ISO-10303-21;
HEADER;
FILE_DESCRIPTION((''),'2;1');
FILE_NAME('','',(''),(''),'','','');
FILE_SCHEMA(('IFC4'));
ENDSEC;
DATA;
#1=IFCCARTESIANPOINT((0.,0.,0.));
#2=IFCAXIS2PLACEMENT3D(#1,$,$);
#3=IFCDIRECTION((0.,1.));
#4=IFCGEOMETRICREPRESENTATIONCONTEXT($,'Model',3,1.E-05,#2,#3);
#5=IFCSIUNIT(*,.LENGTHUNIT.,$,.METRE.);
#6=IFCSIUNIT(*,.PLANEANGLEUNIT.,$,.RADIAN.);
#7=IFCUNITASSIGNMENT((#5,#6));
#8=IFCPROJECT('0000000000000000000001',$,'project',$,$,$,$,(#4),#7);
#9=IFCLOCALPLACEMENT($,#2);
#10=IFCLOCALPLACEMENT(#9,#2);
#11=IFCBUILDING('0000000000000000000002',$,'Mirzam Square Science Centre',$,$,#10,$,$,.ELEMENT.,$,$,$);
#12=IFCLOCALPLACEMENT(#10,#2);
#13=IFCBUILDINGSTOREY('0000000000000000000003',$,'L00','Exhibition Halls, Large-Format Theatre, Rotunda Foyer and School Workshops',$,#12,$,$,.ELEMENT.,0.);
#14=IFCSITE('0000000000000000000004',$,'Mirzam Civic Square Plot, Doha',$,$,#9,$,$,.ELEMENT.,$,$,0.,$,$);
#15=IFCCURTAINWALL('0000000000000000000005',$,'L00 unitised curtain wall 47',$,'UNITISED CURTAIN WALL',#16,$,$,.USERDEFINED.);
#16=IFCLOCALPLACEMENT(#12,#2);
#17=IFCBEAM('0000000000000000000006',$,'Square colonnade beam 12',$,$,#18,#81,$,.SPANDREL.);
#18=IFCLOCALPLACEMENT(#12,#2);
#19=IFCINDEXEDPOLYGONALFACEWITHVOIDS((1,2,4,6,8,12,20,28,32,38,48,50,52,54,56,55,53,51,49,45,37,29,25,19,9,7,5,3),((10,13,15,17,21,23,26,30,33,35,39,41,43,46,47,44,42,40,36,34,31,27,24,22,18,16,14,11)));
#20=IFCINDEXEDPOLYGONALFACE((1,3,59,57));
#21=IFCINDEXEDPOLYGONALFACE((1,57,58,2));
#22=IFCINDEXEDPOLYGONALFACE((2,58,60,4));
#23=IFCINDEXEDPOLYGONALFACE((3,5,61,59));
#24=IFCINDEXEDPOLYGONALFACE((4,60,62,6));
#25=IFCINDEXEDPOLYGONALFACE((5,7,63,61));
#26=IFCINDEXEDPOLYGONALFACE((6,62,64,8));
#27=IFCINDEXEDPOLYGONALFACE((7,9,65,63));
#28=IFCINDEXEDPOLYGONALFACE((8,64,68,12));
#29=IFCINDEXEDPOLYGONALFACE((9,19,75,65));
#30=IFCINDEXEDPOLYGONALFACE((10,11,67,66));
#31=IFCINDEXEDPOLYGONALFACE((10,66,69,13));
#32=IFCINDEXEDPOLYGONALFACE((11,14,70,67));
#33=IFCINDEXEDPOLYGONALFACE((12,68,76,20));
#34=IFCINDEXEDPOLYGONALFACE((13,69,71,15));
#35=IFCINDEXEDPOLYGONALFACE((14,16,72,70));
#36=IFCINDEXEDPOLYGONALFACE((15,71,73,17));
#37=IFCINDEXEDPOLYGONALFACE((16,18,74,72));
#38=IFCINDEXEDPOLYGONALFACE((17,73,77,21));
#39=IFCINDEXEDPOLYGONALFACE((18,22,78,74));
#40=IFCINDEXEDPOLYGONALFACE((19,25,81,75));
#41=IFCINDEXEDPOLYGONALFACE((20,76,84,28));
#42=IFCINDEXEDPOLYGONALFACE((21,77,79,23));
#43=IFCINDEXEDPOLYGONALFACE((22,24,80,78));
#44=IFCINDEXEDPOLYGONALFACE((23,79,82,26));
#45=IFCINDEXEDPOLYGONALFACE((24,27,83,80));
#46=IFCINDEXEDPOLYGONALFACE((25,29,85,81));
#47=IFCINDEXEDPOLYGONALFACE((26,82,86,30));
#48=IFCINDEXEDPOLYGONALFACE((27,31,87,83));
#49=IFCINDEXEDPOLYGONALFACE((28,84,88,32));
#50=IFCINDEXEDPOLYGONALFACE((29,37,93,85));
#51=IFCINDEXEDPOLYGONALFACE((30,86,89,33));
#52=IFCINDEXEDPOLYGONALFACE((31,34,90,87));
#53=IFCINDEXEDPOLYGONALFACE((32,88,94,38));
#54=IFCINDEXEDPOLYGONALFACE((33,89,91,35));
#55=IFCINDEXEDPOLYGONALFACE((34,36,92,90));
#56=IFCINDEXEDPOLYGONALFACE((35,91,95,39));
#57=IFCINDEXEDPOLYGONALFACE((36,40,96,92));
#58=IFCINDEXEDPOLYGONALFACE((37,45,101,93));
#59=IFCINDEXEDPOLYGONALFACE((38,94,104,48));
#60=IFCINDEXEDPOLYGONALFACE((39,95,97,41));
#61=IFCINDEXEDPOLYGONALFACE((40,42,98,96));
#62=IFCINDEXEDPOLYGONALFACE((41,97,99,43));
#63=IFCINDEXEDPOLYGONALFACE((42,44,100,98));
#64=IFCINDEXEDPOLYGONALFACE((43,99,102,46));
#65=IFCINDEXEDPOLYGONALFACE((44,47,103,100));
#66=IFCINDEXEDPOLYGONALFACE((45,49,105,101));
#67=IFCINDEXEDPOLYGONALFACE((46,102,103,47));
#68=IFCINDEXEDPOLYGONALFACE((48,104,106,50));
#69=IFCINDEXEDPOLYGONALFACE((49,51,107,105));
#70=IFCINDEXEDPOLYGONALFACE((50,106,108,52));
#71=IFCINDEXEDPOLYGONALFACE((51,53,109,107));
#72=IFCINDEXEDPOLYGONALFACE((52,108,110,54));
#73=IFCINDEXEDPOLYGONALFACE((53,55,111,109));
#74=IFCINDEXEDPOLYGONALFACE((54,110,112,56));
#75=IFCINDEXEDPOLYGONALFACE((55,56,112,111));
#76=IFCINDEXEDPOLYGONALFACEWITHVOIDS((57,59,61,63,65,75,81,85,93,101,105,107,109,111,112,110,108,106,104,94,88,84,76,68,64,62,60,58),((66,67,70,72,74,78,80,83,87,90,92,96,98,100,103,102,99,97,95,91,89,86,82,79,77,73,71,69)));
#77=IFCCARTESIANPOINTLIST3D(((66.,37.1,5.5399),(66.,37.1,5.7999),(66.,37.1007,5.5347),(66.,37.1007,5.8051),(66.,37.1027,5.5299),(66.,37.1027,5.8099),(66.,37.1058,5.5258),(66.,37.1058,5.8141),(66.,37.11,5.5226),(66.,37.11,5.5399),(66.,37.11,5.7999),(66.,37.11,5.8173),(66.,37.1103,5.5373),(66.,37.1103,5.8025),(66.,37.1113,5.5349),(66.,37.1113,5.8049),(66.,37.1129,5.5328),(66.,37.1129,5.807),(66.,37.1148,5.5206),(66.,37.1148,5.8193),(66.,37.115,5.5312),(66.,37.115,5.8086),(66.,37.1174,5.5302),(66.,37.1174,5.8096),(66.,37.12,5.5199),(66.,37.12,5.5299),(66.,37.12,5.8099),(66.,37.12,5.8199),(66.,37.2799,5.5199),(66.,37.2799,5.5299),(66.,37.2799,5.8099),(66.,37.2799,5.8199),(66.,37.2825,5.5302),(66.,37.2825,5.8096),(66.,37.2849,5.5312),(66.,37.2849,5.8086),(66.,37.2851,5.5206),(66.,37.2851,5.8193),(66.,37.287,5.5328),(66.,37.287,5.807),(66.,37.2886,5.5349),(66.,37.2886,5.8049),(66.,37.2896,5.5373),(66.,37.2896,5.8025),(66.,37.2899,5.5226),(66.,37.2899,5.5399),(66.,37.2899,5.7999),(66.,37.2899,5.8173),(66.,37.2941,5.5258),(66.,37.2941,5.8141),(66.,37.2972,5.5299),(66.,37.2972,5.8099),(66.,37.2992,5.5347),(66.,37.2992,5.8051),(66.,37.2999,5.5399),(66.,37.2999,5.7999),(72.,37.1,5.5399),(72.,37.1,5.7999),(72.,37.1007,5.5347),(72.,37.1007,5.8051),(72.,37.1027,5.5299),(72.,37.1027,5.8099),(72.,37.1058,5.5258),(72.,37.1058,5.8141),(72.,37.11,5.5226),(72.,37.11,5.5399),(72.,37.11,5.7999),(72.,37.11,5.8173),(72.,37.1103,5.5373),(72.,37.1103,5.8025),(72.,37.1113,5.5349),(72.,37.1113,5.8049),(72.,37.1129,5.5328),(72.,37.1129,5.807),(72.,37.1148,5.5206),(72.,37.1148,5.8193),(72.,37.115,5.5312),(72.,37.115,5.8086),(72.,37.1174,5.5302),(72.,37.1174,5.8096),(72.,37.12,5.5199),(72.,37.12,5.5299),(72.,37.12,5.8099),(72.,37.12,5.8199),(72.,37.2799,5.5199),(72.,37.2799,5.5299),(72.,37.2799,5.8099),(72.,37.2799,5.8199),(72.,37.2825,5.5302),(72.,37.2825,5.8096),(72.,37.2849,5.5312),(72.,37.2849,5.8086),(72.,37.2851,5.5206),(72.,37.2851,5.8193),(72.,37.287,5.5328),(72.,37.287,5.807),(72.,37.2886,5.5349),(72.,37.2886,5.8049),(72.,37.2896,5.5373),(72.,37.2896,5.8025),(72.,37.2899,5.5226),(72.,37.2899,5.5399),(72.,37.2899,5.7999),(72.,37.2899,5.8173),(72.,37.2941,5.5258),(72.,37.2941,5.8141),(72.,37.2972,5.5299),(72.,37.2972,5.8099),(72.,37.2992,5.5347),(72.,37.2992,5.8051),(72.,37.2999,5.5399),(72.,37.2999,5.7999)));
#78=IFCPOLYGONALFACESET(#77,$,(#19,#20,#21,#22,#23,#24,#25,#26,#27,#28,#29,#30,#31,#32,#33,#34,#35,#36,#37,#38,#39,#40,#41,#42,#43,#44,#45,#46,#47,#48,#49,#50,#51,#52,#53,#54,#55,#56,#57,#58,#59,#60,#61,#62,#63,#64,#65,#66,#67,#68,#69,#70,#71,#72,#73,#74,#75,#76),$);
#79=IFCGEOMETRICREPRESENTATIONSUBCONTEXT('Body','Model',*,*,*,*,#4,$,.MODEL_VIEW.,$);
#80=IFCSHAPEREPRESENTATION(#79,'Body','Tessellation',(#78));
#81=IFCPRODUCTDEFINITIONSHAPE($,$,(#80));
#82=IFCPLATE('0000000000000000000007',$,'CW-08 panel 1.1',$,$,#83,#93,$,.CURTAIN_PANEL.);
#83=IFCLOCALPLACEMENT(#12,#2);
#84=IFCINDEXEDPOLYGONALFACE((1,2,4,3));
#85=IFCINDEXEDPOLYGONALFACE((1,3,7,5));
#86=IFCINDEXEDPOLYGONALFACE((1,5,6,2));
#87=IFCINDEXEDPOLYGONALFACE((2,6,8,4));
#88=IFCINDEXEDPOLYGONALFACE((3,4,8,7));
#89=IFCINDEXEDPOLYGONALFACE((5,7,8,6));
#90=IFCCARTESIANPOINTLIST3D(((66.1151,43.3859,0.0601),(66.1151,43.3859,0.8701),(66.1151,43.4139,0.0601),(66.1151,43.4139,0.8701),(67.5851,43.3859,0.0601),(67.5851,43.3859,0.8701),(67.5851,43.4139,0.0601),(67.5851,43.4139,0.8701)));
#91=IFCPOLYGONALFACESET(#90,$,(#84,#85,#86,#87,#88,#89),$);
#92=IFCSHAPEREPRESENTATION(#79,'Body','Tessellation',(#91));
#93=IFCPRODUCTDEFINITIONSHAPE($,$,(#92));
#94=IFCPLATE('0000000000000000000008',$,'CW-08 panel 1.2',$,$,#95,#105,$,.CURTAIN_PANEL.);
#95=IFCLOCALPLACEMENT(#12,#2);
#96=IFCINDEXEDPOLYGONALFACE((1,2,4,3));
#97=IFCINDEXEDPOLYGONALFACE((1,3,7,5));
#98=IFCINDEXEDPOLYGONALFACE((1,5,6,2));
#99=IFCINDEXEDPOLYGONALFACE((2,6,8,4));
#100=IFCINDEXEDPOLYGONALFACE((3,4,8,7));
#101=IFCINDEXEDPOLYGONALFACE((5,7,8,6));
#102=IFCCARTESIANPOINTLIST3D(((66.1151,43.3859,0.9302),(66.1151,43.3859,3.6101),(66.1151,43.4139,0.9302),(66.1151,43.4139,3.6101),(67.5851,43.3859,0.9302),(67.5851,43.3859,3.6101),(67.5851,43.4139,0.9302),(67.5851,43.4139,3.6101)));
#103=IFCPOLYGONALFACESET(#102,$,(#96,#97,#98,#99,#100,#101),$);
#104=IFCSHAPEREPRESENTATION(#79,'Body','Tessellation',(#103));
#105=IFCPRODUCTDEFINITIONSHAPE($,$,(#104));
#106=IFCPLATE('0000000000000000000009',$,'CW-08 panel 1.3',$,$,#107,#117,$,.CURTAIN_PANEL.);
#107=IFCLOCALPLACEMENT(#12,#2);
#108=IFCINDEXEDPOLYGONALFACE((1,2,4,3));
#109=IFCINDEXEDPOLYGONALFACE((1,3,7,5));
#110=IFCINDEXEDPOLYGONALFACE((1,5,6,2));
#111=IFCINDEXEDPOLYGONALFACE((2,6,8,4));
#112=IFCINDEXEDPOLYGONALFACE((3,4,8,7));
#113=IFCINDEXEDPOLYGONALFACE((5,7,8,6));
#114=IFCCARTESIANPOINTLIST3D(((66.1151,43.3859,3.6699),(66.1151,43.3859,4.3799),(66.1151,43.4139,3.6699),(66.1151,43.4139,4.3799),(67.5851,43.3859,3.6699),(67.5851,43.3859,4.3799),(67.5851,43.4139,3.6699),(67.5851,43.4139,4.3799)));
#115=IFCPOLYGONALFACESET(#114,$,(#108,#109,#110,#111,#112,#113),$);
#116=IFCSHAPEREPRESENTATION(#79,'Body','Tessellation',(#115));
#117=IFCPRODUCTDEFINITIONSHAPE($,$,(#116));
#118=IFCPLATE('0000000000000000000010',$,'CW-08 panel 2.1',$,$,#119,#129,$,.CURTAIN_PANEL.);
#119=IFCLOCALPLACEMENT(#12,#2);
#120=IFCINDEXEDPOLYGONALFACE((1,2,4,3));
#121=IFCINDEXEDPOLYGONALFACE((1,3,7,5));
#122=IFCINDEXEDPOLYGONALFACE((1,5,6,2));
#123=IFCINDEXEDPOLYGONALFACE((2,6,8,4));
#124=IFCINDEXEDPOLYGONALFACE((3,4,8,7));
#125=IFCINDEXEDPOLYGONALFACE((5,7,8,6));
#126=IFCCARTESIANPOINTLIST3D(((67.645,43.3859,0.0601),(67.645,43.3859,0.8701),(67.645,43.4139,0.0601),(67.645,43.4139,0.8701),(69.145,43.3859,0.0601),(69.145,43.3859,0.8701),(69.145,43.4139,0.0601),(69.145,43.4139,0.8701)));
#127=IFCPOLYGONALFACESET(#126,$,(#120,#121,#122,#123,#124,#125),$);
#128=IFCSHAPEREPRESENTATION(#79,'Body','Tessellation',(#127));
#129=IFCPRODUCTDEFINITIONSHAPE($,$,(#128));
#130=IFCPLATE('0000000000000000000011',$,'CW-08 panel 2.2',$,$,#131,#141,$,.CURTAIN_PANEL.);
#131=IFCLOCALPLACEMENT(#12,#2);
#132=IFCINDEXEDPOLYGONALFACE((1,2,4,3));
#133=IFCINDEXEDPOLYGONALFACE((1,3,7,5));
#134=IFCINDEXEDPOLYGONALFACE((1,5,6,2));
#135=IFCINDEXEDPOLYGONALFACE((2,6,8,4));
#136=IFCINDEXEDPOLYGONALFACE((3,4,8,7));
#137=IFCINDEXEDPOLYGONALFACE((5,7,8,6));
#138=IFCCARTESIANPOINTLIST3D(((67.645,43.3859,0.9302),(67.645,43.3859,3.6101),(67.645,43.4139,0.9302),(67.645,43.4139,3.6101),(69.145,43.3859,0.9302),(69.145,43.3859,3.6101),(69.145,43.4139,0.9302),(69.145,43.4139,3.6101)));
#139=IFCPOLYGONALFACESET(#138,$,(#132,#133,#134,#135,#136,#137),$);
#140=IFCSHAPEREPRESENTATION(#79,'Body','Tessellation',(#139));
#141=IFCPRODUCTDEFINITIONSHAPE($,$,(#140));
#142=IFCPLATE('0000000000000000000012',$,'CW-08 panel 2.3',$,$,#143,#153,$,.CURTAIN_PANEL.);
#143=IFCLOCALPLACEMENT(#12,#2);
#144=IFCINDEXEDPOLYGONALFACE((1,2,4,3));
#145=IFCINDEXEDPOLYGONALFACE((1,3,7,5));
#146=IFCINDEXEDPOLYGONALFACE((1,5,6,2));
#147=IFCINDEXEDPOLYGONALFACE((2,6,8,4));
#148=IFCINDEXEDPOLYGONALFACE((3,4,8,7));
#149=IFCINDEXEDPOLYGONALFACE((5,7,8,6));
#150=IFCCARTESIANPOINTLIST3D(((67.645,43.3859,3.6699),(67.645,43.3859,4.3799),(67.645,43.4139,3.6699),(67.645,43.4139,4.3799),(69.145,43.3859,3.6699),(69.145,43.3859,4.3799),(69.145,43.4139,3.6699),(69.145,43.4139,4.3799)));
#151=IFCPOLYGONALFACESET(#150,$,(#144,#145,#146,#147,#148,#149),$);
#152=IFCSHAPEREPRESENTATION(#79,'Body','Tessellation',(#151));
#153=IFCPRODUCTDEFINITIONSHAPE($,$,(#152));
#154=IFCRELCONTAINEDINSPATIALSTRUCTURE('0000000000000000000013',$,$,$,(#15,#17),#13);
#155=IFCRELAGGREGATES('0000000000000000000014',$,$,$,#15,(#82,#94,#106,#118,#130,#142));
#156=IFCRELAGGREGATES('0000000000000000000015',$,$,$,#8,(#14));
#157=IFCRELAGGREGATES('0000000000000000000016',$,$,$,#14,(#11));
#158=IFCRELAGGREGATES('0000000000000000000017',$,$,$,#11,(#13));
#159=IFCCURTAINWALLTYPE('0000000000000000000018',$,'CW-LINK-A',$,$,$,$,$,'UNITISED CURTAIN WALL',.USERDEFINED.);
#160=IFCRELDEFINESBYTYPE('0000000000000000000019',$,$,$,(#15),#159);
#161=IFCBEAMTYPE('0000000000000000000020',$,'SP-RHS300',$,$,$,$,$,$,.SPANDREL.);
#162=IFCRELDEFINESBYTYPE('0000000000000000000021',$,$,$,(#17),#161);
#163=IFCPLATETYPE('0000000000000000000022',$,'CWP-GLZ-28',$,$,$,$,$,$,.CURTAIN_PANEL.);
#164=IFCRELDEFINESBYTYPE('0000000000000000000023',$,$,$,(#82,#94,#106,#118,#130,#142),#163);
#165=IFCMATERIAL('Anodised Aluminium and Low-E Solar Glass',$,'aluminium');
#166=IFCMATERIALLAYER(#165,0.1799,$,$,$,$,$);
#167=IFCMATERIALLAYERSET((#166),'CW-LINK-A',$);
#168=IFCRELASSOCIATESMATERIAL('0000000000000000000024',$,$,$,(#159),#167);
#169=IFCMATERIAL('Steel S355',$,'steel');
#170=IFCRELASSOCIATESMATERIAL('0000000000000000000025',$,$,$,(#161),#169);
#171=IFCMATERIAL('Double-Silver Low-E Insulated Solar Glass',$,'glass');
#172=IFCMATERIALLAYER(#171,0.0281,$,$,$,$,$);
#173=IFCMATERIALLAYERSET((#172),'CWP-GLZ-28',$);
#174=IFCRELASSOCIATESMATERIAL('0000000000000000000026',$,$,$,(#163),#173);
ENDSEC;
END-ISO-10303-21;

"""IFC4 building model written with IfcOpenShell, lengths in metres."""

from ifc_helpers import new_model, si_unit, direction, frame, origin, origin_2d, place, context, subcontext, project, spatial, rectangle, hollow_rectangle, extrude, material, layer, layer_set, material_profile, profile_set, type_object, element, aggregate, save


model = new_model("IFC4")

# Units and contexts
model_context = context("Model", 3, precision=1e-05, world=origin(), true_north=direction((0.0, 1.0)))
body_context = subcontext(model_context, "Body", "Model", "MODEL_VIEW")
ifc_project = project(units=[si_unit("LENGTHUNIT", "METRE"), si_unit("PLANEANGLEUNIT", "RADIAN")], contexts=[model_context])

# Site, building, storey
site_placement = place(None, origin())
site = spatial("IfcSite", under=ifc_project, at=site_placement, Name="Mirzam Civic Square Plot, Doha", CompositionType="ELEMENT", RefElevation=0.0)
building_placement = place(site_placement, origin())
building = spatial("IfcBuilding", under=site, at=building_placement, Name="Mirzam Square Science Centre", CompositionType="ELEMENT")
storey_placement = place(building_placement, origin())
storey = spatial("IfcBuildingStorey", under=building, at=storey_placement, Name="L00", Description="Exhibition Halls, Large-Format Theatre, Rotunda Foyer and School Workshops", CompositionType="ELEMENT", Elevation=0.0)

# Shared definitions
ifc_material_1 = material(Name="Steel S355", Category="steel")

# Curtain wall
ifc_material_2 = material(Name="Anodised Aluminium and Low-E Solar Glass", Category="aluminium")
ifc_layer_1 = layer(ifc_material_2, 0.1799)
ifc_layer_set_1 = layer_set([ifc_layer_1], Name="CW-LINK-A")
curtain_wall_type = type_object("IfcCurtainWallType", Name="CW-LINK-A", ElementType="UNITISED CURTAIN WALL", PredefinedType="USERDEFINED", material=ifc_layer_set_1)
curtain_wall_placement = place(storey_placement, origin())
curtain_wall = element("IfcCurtainWall", 1, at=curtain_wall_placement, inside=storey, type_object=curtain_wall_type, Name="L00 unitised curtain wall 47", ObjectType="UNITISED CURTAIN WALL", PredefinedType="USERDEFINED")

# Beam
ifc_material_profile_1 = material_profile(ifc_material_1, hollow_rectangle(XDim=0.2, YDim=0.3, WallThickness=0.01, InnerFilletRadius=0.01, OuterFilletRadius=0.02, at=origin_2d()), Name="300x200x10.0RHS")
ifc_profile_set_1 = profile_set([ifc_material_profile_1], Name="Steel S355")
beam_type_1 = type_object("IfcBeamType", Name="SP-RHS300", PredefinedType="SPANDREL", material=ifc_profile_set_1)
beam_1_placement = place(storey_placement, frame((66.0, 37.2, 5.6699), z_axis=(1.0, 0.0, 0.0), x_axis=(0.0, 1.0, 0.0)))
element("IfcBeam", 2, at=beam_1_placement, inside=storey, type_object=beam_type_1, Name="Square colonnade beam 12", PredefinedType="SPANDREL", context=body_context, shape_type="SweptSolid", body=[
    extrude(hollow_rectangle(XDim=0.2, YDim=0.3, WallThickness=0.01, InnerFilletRadius=0.01, OuterFilletRadius=0.02, at=origin_2d()), origin(), (0.0, 0.0, 1.0), 6.0),
])

# Plates
ifc_material_3 = material(Name="Double-Silver Low-E Insulated Solar Glass", Category="glass")
ifc_layer_2 = layer(ifc_material_3, 0.0281)
ifc_layer_set_2 = layer_set([ifc_layer_2], Name="CWP-GLZ-28")
plate_type = type_object("IfcPlateType", Name="CWP-GLZ-28", PredefinedType="CURTAIN_PANEL", material=ifc_layer_set_2)
plate_1_placement = place(storey_placement, frame((66.8501, 43.3999, 0.0601), z_axis=(0.0, 0.0, 1.0), x_axis=(1.0, 0.0, 0.0)))
plate_1 = element("IfcPlate", 3, at=plate_1_placement, type_object=plate_type, Name="CW-08 panel 1.1", PredefinedType="CURTAIN_PANEL", context=body_context, shape_type="SweptSolid", body=[
    extrude(rectangle(XDim=1.47, YDim=0.0281, at=origin_2d()), origin(), (0.0, 0.0, 1.0), 0.8101),
])
plate_2_placement = place(storey_placement, frame((66.8501, 43.3999, 0.9302), z_axis=(0.0, 0.0, 1.0), x_axis=(1.0, 0.0, 0.0)))
plate_2 = element("IfcPlate", 4, at=plate_2_placement, type_object=plate_type, Name="CW-08 panel 1.2", PredefinedType="CURTAIN_PANEL", context=body_context, shape_type="SweptSolid", body=[
    extrude(rectangle(XDim=1.47, YDim=0.0281, at=origin_2d()), origin(), (0.0, 0.0, 1.0), 2.6799),
])
plate_3_placement = place(storey_placement, frame((66.8501, 43.3999, 3.6699), z_axis=(0.0, 0.0, 1.0), x_axis=(1.0, 0.0, 0.0)))
plate_3 = element("IfcPlate", 5, at=plate_3_placement, type_object=plate_type, Name="CW-08 panel 1.3", PredefinedType="CURTAIN_PANEL", context=body_context, shape_type="SweptSolid", body=[
    extrude(rectangle(XDim=1.47, YDim=0.0281, at=origin_2d()), origin(), (0.0, 0.0, 1.0), 0.71),
])
plate_4_placement = place(storey_placement, frame((68.395, 43.3999, 0.0601), z_axis=(0.0, 0.0, 1.0), x_axis=(1.0, 0.0, 0.0)))
plate_4 = element("IfcPlate", 6, at=plate_4_placement, type_object=plate_type, Name="CW-08 panel 2.1", PredefinedType="CURTAIN_PANEL", context=body_context, shape_type="SweptSolid", body=[
    extrude(rectangle(XDim=1.5, YDim=0.0281, at=origin_2d()), origin(), (0.0, 0.0, 1.0), 0.8101),
])
plate_5_placement = place(storey_placement, frame((68.395, 43.3999, 0.9302), z_axis=(0.0, 0.0, 1.0), x_axis=(1.0, 0.0, 0.0)))
plate_5 = element("IfcPlate", 7, at=plate_5_placement, type_object=plate_type, Name="CW-08 panel 2.2", PredefinedType="CURTAIN_PANEL", context=body_context, shape_type="SweptSolid", body=[
    extrude(rectangle(XDim=1.5, YDim=0.0281, at=origin_2d()), origin(), (0.0, 0.0, 1.0), 2.6799),
])
plate_6_placement = place(storey_placement, frame((68.395, 43.3999, 3.6699), z_axis=(0.0, 0.0, 1.0), x_axis=(1.0, 0.0, 0.0)))
plate_6 = element("IfcPlate", 8, at=plate_6_placement, type_object=plate_type, Name="CW-08 panel 2.3", PredefinedType="CURTAIN_PANEL", context=body_context, shape_type="SweptSolid", body=[
    extrude(rectangle(XDim=1.5, YDim=0.0281, at=origin_2d()), origin(), (0.0, 0.0, 1.0), 0.71),
])
aggregate(curtain_wall, [plate_1, plate_2, plate_3, plate_4, plate_5, plate_6])

save(model, "model.ifc")
